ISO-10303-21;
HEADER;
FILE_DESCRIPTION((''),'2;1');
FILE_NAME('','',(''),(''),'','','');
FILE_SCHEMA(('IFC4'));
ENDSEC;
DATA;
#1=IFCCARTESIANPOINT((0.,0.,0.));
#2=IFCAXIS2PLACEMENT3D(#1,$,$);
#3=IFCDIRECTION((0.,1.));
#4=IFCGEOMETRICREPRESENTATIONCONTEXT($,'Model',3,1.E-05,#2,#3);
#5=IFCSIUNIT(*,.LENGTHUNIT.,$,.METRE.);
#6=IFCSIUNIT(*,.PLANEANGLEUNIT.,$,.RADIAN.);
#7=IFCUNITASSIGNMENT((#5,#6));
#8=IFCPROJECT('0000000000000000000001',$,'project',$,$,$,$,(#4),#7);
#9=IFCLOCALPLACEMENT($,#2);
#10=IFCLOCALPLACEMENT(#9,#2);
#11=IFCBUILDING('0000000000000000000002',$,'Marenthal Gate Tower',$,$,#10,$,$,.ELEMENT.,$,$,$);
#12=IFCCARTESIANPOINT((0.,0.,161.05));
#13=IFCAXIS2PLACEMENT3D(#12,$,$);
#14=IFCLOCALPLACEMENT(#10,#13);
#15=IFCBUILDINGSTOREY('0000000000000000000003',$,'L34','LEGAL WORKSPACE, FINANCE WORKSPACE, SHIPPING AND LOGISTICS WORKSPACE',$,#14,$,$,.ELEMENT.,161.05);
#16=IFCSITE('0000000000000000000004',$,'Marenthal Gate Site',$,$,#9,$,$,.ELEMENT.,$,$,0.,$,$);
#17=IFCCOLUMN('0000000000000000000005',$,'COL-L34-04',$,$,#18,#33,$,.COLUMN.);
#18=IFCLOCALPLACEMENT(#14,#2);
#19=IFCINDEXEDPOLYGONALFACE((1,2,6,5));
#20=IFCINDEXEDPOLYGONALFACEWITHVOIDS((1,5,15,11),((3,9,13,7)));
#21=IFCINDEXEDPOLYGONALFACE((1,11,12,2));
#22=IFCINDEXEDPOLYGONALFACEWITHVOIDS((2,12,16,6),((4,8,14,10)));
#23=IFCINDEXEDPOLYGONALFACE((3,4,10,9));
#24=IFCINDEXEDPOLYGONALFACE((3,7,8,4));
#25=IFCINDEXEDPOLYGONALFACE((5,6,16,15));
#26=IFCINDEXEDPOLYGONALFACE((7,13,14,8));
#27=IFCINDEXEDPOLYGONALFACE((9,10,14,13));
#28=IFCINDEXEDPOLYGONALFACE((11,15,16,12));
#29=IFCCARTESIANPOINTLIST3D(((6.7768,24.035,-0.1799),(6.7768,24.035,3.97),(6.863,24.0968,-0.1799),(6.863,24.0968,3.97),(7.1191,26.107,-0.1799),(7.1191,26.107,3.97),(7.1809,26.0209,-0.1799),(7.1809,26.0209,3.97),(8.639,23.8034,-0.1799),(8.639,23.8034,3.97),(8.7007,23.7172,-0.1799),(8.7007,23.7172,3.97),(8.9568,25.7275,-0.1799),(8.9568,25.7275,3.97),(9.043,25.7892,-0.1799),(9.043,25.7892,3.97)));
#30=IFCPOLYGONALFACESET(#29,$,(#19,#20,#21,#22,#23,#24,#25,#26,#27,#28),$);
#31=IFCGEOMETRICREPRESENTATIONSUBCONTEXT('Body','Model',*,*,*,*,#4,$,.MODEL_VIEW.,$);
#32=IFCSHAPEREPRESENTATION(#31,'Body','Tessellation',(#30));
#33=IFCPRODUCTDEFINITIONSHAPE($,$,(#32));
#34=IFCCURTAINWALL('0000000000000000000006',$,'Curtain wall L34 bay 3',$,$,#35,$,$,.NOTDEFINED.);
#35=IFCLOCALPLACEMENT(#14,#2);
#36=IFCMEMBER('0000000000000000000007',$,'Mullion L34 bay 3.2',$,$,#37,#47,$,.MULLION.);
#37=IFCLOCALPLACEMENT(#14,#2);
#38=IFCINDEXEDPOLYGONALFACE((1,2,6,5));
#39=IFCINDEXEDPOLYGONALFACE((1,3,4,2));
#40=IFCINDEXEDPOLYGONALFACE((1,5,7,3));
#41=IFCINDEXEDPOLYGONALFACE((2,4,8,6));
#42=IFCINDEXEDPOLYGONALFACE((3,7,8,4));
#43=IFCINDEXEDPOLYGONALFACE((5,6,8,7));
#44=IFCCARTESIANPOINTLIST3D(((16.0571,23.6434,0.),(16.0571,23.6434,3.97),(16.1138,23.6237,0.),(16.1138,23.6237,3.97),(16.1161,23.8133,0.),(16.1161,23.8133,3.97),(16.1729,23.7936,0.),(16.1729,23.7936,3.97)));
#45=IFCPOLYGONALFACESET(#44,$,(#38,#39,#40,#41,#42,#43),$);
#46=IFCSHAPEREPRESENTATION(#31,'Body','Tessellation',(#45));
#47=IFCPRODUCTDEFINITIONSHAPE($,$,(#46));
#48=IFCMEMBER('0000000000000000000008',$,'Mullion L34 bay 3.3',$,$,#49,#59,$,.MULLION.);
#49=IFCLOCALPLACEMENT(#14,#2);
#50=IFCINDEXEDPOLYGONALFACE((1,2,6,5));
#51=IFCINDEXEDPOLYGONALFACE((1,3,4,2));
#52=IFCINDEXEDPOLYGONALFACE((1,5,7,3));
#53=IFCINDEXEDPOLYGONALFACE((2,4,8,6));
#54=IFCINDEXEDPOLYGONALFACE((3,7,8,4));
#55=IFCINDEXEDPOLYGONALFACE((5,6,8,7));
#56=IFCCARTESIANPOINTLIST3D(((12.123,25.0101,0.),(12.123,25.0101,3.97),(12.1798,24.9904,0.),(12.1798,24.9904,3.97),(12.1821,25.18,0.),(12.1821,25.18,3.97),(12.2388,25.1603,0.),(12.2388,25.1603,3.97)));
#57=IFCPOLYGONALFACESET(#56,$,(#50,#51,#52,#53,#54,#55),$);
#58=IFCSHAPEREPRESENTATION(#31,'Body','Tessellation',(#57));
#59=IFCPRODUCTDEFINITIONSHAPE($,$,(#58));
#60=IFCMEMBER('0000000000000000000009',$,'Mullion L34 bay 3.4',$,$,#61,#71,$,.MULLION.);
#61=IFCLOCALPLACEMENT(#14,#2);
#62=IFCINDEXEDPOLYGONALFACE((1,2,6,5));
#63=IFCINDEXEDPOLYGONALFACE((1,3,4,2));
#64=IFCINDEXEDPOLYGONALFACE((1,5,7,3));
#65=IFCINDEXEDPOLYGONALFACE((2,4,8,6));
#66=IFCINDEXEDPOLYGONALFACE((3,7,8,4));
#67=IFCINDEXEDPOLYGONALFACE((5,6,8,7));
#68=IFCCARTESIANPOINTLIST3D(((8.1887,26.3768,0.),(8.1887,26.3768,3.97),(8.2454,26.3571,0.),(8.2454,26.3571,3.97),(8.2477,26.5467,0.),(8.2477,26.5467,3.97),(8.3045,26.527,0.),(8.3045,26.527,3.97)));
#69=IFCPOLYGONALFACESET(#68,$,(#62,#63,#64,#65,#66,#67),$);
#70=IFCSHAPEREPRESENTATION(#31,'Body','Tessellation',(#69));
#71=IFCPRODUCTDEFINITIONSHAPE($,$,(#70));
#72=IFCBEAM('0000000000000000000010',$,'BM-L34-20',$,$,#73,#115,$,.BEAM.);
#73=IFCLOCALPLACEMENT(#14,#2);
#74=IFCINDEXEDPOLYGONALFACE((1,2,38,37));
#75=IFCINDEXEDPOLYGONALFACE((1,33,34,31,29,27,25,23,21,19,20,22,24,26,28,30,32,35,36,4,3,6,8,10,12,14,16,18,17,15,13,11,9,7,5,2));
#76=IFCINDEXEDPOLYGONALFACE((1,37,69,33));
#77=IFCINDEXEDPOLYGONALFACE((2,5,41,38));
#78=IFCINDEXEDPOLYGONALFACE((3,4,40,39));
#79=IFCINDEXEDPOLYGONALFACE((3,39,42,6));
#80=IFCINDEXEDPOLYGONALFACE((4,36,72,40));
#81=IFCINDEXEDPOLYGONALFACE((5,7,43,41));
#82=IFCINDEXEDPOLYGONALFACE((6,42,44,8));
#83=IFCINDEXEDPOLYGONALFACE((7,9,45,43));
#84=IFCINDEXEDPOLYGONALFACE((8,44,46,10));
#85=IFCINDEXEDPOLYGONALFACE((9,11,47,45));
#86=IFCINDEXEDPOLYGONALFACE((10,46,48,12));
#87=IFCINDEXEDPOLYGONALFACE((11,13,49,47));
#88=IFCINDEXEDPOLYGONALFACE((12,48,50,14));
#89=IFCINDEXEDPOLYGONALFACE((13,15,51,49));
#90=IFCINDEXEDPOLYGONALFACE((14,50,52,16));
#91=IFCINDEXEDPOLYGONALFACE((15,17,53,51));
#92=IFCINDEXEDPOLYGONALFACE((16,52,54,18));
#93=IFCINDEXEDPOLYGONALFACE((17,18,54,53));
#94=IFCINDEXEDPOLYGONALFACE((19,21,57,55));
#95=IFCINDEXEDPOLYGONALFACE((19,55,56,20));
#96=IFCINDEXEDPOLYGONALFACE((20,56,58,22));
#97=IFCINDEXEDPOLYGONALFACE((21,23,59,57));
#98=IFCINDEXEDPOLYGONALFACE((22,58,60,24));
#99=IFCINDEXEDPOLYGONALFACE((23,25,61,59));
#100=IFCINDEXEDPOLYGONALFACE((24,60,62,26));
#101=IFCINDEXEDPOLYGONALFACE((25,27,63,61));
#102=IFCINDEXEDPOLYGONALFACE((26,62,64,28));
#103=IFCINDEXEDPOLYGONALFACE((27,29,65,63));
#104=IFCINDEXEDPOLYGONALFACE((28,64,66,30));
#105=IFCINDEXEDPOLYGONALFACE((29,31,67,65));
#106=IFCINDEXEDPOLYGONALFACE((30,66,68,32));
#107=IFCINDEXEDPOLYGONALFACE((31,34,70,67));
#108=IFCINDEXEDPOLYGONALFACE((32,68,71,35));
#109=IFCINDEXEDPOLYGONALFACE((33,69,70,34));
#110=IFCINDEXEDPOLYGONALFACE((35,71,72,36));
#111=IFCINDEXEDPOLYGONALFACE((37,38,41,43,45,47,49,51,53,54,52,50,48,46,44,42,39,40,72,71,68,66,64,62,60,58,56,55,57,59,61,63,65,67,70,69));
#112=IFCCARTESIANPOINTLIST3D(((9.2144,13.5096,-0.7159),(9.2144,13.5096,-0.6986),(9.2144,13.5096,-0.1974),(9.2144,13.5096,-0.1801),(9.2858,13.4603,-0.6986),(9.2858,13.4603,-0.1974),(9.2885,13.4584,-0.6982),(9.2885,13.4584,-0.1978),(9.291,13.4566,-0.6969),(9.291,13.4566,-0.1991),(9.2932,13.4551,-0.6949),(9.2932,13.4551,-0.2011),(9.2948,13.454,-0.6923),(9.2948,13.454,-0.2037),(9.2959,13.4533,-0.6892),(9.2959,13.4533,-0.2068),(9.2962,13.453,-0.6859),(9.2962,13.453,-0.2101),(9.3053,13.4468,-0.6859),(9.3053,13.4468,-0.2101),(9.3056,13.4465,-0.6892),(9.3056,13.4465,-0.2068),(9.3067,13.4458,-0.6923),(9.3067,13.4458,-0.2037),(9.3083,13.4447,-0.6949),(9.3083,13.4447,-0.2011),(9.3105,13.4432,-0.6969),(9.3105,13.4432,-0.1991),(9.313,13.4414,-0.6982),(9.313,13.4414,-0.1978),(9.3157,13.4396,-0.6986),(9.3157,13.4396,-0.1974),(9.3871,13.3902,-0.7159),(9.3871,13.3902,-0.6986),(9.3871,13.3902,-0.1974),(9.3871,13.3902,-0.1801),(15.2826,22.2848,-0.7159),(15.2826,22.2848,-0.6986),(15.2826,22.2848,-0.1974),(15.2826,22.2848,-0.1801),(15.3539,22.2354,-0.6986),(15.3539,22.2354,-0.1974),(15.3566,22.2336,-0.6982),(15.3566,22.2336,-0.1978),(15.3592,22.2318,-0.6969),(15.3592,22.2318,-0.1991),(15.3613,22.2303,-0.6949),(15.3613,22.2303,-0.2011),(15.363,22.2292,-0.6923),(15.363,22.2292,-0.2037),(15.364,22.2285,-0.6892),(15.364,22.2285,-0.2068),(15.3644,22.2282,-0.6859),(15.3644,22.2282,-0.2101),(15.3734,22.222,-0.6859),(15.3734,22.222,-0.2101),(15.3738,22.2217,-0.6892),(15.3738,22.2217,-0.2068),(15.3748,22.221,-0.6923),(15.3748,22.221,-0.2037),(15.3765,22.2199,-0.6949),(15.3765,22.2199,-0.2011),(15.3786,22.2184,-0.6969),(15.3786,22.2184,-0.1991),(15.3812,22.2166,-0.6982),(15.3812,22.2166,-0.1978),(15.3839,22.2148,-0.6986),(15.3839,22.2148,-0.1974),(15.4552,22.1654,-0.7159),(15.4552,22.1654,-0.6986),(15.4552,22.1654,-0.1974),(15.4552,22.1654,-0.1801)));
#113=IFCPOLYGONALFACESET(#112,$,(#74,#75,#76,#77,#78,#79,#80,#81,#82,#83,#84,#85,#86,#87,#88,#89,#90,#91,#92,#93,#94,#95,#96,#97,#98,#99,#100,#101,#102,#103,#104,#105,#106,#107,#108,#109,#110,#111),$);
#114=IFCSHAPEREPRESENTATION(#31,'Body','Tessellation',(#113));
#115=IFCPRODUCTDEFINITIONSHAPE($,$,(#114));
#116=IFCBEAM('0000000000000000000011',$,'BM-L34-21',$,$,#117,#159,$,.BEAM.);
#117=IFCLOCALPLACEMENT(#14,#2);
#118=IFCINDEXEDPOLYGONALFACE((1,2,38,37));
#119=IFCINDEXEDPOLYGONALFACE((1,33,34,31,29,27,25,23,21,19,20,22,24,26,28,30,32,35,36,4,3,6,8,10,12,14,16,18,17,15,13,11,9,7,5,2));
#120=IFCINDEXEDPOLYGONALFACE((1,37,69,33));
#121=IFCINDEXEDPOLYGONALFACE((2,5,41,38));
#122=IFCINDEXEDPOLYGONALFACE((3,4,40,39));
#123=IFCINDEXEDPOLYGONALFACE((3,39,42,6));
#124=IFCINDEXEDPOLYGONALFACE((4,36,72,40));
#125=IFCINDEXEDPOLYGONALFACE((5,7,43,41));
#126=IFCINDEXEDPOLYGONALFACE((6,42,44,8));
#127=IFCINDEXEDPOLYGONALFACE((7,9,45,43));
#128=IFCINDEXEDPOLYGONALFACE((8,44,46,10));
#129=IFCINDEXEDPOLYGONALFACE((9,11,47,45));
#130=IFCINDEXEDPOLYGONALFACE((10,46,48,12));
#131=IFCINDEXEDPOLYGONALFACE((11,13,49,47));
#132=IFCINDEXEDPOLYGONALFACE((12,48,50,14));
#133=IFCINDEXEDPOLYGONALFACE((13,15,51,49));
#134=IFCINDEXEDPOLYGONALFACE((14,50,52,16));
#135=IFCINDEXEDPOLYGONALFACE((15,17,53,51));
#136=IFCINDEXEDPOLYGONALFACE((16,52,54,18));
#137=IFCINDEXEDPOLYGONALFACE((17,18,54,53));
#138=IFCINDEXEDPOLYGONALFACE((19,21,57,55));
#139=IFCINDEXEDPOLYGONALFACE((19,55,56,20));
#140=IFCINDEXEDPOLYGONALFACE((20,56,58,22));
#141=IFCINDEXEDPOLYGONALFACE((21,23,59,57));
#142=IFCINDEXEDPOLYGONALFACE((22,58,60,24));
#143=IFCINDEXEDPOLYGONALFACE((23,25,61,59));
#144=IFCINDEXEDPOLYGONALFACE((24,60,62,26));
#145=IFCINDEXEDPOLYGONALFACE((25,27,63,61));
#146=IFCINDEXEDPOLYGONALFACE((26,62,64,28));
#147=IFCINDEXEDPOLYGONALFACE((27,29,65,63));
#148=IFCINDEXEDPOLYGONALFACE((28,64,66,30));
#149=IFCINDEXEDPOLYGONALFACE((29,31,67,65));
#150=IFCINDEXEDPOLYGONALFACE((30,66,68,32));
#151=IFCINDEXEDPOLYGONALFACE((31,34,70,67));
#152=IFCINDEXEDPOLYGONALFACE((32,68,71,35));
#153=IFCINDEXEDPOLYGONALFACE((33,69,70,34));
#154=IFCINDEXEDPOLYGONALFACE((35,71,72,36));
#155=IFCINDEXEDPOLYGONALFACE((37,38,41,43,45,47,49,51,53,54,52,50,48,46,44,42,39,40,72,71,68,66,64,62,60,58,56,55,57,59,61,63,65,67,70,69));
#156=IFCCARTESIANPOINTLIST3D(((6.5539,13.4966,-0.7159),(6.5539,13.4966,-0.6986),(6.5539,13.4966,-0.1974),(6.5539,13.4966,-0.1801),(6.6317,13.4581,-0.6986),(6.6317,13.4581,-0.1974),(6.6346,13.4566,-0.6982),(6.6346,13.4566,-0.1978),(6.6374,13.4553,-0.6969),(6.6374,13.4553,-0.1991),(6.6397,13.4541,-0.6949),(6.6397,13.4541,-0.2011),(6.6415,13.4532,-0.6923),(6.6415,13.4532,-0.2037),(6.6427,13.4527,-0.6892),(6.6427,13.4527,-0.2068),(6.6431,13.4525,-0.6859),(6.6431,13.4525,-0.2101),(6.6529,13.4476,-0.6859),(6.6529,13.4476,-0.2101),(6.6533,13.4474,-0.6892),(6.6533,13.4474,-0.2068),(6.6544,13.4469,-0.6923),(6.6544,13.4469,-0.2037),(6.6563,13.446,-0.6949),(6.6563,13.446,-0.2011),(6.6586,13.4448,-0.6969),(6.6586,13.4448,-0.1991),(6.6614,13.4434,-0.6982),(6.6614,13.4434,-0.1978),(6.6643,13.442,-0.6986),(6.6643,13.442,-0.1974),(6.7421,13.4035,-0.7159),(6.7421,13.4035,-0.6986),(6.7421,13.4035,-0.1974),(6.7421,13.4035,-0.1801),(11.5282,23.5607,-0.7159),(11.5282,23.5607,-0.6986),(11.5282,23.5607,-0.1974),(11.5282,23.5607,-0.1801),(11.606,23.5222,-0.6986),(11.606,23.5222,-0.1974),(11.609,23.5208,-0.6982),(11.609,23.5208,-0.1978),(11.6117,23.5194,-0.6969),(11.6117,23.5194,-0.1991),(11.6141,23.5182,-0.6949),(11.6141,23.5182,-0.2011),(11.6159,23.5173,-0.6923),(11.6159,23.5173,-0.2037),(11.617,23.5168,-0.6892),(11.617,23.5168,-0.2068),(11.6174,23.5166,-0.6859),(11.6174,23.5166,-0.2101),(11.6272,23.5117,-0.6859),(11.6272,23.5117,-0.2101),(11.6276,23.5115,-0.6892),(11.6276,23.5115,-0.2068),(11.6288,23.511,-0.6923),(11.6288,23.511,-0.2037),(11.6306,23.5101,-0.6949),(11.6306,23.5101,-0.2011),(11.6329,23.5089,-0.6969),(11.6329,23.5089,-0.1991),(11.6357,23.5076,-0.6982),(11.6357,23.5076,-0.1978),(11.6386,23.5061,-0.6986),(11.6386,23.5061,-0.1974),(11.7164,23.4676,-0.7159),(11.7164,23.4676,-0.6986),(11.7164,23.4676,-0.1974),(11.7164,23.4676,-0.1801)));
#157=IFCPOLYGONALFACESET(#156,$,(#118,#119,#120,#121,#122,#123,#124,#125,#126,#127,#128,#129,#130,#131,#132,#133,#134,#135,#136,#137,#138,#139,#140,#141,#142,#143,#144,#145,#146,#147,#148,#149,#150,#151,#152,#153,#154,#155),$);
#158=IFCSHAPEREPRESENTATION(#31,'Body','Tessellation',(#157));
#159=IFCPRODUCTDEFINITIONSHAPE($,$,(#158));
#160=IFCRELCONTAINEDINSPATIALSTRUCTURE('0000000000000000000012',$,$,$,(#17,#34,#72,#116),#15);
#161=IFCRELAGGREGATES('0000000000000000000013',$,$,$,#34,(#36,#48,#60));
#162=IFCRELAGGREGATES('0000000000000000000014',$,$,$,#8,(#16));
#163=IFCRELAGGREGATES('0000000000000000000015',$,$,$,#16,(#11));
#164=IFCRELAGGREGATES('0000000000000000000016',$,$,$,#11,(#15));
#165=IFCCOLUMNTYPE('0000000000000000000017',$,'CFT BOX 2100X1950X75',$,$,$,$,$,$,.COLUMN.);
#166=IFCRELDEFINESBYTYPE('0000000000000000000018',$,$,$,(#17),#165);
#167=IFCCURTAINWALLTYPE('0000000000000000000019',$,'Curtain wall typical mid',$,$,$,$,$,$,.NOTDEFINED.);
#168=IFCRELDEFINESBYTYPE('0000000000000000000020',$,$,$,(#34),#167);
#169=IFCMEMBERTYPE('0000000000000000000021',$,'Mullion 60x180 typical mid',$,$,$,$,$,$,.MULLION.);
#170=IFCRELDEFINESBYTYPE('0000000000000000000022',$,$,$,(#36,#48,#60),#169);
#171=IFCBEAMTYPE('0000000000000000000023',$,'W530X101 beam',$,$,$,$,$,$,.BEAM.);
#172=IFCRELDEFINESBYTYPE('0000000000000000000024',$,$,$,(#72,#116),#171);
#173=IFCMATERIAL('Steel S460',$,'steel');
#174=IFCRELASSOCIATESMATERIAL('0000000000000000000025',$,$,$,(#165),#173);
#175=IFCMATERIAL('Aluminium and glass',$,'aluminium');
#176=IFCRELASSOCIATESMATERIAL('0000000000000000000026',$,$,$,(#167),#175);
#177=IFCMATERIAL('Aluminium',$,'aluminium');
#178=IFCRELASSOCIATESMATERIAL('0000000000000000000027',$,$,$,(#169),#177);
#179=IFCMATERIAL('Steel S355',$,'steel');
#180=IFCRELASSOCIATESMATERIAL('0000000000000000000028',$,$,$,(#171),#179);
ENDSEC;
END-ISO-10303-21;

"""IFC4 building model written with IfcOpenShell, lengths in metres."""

from ifc_helpers import new_model, si_unit, direction, frame, origin, origin_2d, place, context, subcontext, project, spatial, rectangle, hollow_rectangle, i_section, extrude, material, material_profile, profile_set, type_object, element, aggregate, save


model = new_model("IFC4")

# Units and contexts
model_context = context("Model", 3, precision=1e-05, world=origin(), true_north=direction((0.0, 1.0)))
body_context = subcontext(model_context, "Body", "Model", "MODEL_VIEW")
ifc_project = project(units=[si_unit("LENGTHUNIT", "METRE"), si_unit("PLANEANGLEUNIT", "RADIAN")], contexts=[model_context])

# Site, building, storey
site_placement = place(None, origin())
site = spatial("IfcSite", under=ifc_project, at=site_placement, Name="Marenthal Gate Site", CompositionType="ELEMENT", RefElevation=0.0)
building_placement = place(site_placement, origin())
building = spatial("IfcBuilding", under=site, at=building_placement, Name="Marenthal Gate Tower", CompositionType="ELEMENT")
storey_placement = place(building_placement, frame((0.0, 0.0, 161.05)))
storey = spatial("IfcBuildingStorey", under=building, at=storey_placement, Name="L34", Description="LEGAL WORKSPACE, FINANCE WORKSPACE, SHIPPING AND LOGISTICS WORKSPACE", CompositionType="ELEMENT", Elevation=161.05)

# Column
ifc_material_1 = material(Name="Steel S460", Category="steel")
ifc_material_profile_1 = material_profile(ifc_material_1, hollow_rectangle(XDim=1.95, YDim=2.1001, WallThickness=0.075, at=origin_2d()), Name="CFT BOX 2100X1950X75")
ifc_material_2 = material(Name="Concrete 70 MPa", Category="concrete")
ifc_material_profile_2 = material_profile(ifc_material_2, rectangle(XDim=1.8, YDim=1.95, at=origin_2d()), Name="CFT BOX 2100X1950X75 INFILL")
ifc_profile_set_1 = profile_set([ifc_material_profile_1, ifc_material_profile_2], Name="Steel S460 shell, Concrete 70 MPa infill")
column_type = type_object("IfcColumnType", Name="CFT BOX 2100X1950X75", PredefinedType="COLUMN", material=ifc_profile_set_1)
column_placement = place(storey_placement, frame((7.9099, 24.9121, -0.1799), z_axis=(0.0, 0.0, 1.0), x_axis=(0.986627, -0.162997, 0.0)))
element("IfcColumn", 1, at=column_placement, inside=storey, type_object=column_type, Name="COL-L34-04", PredefinedType="COLUMN", context=body_context, shape_type="SweptSolid", body=[
    extrude(hollow_rectangle(XDim=1.95, YDim=2.1001, WallThickness=0.075, at=origin_2d()), origin(), (0.0, 0.0, 1.0), 4.1499),
])

# Curtain wall, members
ifc_material_3 = material(Name="Aluminium and glass", Category="aluminium")
curtain_wall_type = type_object("IfcCurtainWallType", Name="Curtain wall typical mid", PredefinedType="NOTDEFINED", material=ifc_material_3)
curtain_wall_placement = place(storey_placement, origin())
curtain_wall = element("IfcCurtainWall", 2, at=curtain_wall_placement, inside=storey, type_object=curtain_wall_type, Name="Curtain wall L34 bay 3", PredefinedType="NOTDEFINED")
ifc_material_4 = material(Name="Aluminium", Category="aluminium")
ifc_material_profile_3 = material_profile(ifc_material_4, rectangle(XDim=0.1799, YDim=0.0601, at=origin_2d()), Name="60x180 aluminium mullion")
ifc_profile_set_2 = profile_set([ifc_material_profile_3], Name="Aluminium")
member_type = type_object("IfcMemberType", Name="Mullion 60x180 typical mid", PredefinedType="MULLION", material=ifc_profile_set_2)
member_1_placement = place(storey_placement, frame((16.115, 23.7185, 0.0), z_axis=(0.0, 0.0, 1.0), x_axis=(-0.328158, -0.944623, 0.0)))
member_1 = element("IfcMember", 3, at=member_1_placement, type_object=member_type, Name="Mullion L34 bay 3.2", PredefinedType="MULLION", context=body_context, shape_type="SweptSolid", body=[
    extrude(rectangle(XDim=0.1799, YDim=0.0601, at=origin_2d()), origin(), (0.0, 0.0, 1.0), 3.97),
])
member_2_placement = place(storey_placement, frame((12.1809, 25.0852, 0.0), z_axis=(0.0, 0.0, 1.0), x_axis=(-0.328158, -0.944623, 0.0)))
member_2 = element("IfcMember", 4, at=member_2_placement, type_object=member_type, Name="Mullion L34 bay 3.3", PredefinedType="MULLION", context=body_context, shape_type="SweptSolid", body=[
    extrude(rectangle(XDim=0.1799, YDim=0.0601, at=origin_2d()), origin(), (0.0, 0.0, 1.0), 3.97),
])
member_3_placement = place(storey_placement, frame((8.2466, 26.4519, 0.0), z_axis=(0.0, 0.0, 1.0), x_axis=(-0.328158, -0.944623, 0.0)))
member_3 = element("IfcMember", 5, at=member_3_placement, type_object=member_type, Name="Mullion L34 bay 3.4", PredefinedType="MULLION", context=body_context, shape_type="SweptSolid", body=[
    extrude(rectangle(XDim=0.1799, YDim=0.0601, at=origin_2d()), origin(), (0.0, 0.0, 1.0), 3.97),
])

# Beams
ifc_material_5 = material(Name="Steel S355", Category="steel")
ifc_material_profile_4 = material_profile(ifc_material_5, i_section(OverallWidth=0.21, OverallDepth=0.5359, WebThickness=0.011, FlangeThickness=0.0173, FilletRadius=0.0127, at=origin_2d()), Name="W530X101")
ifc_profile_set_3 = profile_set([ifc_material_profile_4], Name="Steel S355")
beam_type_1 = type_object("IfcBeamType", Name="W530X101 beam", PredefinedType="BEAM", material=ifc_profile_set_3)
beam_1_placement = place(storey_placement, frame((15.3689, 22.2251, -0.448), z_axis=(-0.568767, -0.822499, 0.0), x_axis=(0.822499, -0.568767, 0.0)))
element("IfcBeam", 6, at=beam_1_placement, inside=storey, type_object=beam_type_1, Name="BM-L34-20", PredefinedType="BEAM", context=body_context, shape_type="SweptSolid", body=[
    extrude(i_section(OverallWidth=0.21, OverallDepth=0.5359, WebThickness=0.011, FlangeThickness=0.0173, FilletRadius=0.0127, at=origin_2d()), origin(), (0.0, 0.0, 1.0), 10.6689),
])
beam_2_placement = place(storey_placement, frame((11.6223, 23.5142, -0.448), z_axis=(-0.443094, -0.896475, 0.0), x_axis=(0.896475, -0.443094, 0.0)))
element("IfcBeam", 7, at=beam_2_placement, inside=storey, type_object=beam_type_1, Name="BM-L34-21", PredefinedType="BEAM", context=body_context, shape_type="SweptSolid", body=[
    extrude(i_section(OverallWidth=0.21, OverallDepth=0.5359, WebThickness=0.011, FlangeThickness=0.0173, FilletRadius=0.0127, at=origin_2d()), origin(), (0.0, 0.0, 1.0), 11.2263),
])

aggregate(curtain_wall, [member_1, member_2, member_3])

save(model, "model.ifc")
